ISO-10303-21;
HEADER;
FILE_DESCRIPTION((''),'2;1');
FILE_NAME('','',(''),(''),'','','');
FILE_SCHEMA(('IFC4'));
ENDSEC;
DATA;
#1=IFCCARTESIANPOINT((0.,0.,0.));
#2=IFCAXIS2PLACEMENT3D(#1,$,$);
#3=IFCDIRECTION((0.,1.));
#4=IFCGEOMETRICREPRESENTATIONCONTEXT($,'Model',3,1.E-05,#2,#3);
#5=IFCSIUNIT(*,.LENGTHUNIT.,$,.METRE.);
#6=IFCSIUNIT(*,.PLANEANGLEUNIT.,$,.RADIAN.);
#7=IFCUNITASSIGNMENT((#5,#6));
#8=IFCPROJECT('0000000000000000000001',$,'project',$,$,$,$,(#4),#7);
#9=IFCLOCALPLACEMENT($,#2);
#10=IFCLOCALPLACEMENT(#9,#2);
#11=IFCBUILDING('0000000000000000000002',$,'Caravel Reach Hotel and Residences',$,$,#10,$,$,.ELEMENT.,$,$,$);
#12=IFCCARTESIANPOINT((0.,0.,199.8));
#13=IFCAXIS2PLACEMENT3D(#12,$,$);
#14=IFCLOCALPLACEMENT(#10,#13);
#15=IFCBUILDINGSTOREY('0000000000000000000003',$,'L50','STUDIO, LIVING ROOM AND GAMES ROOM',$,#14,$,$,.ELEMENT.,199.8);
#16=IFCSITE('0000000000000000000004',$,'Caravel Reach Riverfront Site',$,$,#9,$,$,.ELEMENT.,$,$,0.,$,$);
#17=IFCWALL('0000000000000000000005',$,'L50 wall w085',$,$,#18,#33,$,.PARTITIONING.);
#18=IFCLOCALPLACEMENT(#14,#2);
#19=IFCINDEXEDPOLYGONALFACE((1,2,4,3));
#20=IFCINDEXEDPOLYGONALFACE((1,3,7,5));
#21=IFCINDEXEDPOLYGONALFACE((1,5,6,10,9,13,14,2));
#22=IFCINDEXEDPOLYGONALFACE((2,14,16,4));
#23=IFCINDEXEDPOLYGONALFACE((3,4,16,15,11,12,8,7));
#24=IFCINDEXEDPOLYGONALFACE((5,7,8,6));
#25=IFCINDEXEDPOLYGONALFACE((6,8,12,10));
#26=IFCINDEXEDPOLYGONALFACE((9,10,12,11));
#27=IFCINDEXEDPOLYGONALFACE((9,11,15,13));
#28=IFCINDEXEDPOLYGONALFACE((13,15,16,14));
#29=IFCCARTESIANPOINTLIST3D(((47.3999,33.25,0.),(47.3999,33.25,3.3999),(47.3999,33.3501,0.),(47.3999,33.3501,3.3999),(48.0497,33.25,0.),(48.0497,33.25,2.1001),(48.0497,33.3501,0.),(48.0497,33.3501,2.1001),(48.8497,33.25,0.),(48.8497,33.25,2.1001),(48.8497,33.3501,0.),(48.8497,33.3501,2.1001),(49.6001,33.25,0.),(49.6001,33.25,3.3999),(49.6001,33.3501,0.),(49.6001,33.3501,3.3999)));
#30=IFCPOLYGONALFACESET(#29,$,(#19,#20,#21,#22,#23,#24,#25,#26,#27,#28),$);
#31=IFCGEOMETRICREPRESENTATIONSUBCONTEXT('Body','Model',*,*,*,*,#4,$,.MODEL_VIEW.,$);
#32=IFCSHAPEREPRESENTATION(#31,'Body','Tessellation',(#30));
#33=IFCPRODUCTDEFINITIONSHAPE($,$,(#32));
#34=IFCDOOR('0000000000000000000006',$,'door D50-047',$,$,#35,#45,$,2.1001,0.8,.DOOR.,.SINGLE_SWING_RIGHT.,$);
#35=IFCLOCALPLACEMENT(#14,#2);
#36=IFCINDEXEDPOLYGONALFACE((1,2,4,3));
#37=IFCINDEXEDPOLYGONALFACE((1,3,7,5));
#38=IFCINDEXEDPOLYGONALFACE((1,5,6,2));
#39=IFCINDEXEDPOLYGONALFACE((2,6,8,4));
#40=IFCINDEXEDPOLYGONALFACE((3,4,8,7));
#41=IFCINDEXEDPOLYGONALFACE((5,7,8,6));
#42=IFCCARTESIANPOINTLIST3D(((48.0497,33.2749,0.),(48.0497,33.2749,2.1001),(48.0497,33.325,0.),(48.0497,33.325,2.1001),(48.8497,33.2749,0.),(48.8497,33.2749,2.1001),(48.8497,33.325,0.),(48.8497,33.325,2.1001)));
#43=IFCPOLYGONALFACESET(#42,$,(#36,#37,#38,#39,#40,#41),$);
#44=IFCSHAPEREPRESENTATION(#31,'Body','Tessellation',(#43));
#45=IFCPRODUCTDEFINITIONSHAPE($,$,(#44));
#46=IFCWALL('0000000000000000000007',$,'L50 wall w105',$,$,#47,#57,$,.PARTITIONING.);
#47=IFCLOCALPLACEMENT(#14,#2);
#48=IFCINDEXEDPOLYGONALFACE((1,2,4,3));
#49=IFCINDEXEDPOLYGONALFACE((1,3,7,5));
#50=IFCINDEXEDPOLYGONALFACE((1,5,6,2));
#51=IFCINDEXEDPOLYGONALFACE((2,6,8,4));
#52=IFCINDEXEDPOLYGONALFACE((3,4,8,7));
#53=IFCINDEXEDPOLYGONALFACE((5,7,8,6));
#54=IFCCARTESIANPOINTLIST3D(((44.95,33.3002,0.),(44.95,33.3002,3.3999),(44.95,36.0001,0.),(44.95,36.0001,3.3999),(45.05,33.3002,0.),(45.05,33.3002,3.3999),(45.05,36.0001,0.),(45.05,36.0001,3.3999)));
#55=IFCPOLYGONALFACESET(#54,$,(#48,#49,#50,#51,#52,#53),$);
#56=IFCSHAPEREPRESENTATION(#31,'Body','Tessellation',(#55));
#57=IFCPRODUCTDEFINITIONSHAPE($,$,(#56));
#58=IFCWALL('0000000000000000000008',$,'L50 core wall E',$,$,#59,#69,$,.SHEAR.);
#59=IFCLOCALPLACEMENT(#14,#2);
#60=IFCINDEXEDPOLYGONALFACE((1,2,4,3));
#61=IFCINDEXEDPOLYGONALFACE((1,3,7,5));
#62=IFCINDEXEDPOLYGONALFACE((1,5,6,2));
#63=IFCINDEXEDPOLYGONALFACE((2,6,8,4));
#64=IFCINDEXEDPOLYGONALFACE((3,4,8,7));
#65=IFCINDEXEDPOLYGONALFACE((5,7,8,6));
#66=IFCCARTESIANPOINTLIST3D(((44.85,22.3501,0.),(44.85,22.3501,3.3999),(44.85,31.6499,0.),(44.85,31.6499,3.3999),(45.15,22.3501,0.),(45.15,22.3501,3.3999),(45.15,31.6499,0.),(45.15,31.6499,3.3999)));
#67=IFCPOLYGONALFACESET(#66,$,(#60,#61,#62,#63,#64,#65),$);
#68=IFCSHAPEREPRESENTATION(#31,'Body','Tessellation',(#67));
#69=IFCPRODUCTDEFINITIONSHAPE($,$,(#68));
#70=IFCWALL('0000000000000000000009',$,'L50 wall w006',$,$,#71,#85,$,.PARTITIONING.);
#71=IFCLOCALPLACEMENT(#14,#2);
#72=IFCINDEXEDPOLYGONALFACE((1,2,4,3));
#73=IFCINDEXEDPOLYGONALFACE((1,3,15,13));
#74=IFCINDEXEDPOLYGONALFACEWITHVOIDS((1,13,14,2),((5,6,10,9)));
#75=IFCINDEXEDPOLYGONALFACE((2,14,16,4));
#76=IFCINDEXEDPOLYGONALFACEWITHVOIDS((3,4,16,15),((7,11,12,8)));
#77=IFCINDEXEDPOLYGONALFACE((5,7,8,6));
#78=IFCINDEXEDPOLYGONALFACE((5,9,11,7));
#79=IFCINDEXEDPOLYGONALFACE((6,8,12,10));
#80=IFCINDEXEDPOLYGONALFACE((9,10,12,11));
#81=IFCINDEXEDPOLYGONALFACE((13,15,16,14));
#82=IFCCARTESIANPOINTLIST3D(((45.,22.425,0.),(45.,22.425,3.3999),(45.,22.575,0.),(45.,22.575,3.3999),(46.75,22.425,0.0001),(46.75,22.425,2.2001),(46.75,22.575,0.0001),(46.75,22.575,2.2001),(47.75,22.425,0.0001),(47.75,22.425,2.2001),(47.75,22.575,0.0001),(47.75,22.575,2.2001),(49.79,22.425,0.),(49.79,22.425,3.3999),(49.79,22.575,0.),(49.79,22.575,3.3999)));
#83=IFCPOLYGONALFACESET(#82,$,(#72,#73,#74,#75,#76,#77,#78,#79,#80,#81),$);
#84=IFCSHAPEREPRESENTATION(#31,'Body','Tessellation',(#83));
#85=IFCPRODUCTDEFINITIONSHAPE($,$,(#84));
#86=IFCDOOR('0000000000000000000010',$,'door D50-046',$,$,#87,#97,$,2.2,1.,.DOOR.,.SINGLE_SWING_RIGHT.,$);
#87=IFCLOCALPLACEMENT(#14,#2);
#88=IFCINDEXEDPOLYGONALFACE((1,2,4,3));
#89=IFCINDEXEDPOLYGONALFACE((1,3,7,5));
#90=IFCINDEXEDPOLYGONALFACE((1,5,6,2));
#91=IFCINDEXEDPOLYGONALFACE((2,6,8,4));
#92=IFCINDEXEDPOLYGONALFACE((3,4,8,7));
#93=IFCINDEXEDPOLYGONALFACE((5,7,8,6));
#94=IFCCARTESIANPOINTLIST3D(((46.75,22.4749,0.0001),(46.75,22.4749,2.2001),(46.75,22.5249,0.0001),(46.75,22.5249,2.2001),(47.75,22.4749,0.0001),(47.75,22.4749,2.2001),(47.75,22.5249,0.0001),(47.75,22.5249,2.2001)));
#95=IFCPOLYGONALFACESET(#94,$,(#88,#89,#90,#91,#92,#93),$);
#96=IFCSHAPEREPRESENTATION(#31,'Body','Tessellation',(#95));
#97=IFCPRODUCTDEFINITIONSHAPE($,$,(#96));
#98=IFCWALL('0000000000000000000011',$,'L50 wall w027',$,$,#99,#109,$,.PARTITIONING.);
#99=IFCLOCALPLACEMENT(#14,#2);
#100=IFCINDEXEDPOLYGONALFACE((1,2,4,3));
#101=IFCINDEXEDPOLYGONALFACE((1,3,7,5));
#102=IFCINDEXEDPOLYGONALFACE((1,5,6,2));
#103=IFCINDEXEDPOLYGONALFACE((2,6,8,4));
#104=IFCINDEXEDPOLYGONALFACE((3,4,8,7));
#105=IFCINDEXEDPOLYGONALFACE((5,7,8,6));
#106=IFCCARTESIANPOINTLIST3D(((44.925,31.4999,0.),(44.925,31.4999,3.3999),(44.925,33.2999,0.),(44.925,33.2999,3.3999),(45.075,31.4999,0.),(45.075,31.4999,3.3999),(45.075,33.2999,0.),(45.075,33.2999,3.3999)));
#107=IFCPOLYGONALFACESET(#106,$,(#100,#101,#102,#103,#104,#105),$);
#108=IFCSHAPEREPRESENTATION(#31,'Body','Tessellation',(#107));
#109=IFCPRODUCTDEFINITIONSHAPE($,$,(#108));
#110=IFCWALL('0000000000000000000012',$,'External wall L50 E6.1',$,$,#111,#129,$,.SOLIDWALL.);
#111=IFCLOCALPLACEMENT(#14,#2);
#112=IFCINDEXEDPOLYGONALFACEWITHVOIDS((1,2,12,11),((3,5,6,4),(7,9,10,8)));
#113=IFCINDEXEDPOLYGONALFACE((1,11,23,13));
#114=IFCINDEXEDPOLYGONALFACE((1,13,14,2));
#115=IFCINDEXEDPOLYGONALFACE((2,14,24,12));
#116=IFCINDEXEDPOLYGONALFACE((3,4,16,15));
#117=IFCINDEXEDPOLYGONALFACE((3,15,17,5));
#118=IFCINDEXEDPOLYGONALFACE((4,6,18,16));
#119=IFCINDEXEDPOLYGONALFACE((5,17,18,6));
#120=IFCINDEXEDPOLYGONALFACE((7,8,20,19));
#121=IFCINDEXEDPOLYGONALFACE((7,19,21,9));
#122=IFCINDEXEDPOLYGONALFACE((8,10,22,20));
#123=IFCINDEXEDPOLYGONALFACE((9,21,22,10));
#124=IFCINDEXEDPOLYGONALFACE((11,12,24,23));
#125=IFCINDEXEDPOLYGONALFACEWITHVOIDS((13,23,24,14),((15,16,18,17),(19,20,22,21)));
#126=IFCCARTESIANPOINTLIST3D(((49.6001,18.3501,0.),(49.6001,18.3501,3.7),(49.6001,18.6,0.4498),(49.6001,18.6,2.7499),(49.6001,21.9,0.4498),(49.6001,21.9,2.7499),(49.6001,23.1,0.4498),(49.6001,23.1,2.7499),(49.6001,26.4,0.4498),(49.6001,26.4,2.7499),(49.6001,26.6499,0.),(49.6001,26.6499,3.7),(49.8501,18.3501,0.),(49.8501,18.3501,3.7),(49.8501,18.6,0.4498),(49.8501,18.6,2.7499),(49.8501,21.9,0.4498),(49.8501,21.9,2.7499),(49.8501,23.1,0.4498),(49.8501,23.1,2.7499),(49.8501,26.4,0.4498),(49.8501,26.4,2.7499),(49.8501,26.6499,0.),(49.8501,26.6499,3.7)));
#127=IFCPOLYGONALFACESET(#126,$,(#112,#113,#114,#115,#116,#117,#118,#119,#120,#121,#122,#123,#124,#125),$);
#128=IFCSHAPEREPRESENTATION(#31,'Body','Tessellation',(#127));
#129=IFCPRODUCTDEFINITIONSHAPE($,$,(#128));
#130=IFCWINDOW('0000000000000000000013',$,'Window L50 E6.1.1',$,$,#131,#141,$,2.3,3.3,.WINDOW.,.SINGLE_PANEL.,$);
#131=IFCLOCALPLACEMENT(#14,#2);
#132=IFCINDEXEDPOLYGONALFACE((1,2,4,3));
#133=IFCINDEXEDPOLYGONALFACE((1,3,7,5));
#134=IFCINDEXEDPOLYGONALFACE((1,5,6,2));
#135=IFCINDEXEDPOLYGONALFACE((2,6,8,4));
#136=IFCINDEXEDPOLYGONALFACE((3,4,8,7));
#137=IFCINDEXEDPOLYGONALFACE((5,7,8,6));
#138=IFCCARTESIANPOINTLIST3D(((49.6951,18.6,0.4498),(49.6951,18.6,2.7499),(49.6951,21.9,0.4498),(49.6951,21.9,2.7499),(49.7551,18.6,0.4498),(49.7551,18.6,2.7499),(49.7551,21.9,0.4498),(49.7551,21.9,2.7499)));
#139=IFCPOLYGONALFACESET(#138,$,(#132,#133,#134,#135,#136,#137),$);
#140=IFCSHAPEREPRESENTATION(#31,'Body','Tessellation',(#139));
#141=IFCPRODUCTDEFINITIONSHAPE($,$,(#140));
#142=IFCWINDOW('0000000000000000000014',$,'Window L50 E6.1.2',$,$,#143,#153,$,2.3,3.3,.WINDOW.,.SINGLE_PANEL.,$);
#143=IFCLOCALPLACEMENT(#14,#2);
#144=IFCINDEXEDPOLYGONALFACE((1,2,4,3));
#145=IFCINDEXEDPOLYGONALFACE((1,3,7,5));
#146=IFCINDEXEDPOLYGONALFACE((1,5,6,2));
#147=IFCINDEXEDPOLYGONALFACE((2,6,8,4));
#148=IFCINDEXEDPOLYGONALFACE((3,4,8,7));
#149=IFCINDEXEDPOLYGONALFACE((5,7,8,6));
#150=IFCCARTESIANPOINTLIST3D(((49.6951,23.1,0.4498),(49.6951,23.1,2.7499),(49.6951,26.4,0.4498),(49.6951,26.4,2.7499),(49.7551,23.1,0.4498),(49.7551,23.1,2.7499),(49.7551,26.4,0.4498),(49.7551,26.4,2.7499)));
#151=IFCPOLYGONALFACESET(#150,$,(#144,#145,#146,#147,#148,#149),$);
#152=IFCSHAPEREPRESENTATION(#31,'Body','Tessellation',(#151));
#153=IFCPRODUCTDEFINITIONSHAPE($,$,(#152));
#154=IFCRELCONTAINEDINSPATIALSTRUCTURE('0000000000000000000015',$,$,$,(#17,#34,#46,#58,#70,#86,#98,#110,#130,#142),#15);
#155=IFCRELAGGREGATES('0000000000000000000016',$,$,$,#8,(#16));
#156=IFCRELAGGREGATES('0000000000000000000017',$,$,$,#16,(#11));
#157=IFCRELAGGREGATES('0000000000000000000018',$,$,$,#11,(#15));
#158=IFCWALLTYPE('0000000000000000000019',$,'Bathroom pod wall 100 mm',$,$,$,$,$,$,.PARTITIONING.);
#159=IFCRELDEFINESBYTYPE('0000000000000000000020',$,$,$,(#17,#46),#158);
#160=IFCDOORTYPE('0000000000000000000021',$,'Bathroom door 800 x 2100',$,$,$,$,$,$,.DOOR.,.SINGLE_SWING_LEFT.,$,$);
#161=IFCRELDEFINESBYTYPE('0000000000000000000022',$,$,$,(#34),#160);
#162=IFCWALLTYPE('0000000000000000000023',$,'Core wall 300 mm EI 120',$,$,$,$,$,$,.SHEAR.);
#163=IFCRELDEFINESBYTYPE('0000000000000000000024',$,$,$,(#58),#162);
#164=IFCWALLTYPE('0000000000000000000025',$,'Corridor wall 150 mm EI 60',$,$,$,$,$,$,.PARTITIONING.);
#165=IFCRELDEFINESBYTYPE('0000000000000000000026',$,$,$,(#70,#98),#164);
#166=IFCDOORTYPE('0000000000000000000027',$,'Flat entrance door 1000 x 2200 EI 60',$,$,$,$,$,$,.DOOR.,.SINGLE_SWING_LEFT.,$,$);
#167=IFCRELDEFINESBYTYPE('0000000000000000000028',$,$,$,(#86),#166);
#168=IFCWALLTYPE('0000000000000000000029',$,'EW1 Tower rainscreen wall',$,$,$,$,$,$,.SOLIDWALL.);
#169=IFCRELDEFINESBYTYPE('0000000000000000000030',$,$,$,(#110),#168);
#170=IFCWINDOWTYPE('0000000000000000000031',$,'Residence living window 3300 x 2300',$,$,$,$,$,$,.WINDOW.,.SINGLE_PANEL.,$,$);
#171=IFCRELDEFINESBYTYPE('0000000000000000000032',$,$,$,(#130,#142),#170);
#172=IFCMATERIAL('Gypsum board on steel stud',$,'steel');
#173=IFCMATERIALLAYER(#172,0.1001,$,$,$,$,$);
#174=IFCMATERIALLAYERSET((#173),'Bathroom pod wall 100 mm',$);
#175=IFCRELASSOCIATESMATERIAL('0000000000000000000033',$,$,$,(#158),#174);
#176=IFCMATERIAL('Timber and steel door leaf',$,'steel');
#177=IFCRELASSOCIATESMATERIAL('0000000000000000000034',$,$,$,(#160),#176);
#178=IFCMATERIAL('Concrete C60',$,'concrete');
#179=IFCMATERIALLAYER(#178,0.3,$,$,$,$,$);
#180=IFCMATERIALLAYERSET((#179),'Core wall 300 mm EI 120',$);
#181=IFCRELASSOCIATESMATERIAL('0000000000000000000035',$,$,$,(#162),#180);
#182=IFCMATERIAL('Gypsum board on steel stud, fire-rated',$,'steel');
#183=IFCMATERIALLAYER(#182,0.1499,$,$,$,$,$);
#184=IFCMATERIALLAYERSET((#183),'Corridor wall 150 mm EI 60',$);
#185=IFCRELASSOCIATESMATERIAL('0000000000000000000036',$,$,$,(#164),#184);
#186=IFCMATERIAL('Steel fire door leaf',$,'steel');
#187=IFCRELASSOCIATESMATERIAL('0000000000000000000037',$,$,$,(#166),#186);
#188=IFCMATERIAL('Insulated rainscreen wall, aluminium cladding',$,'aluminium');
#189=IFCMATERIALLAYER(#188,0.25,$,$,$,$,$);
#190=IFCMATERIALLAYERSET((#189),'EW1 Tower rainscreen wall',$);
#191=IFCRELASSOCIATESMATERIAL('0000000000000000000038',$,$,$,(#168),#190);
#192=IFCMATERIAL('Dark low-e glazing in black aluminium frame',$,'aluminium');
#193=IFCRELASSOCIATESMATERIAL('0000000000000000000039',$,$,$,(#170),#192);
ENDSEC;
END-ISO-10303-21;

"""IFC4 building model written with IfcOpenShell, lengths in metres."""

from ifc_helpers import new_model, si_unit, direction, frame, frame_2d, origin, place, context, subcontext, project, spatial, rectangle, extrude, material, layer, layer_set, type_object, element, fill, save


model = new_model("IFC4")

# Units and contexts
model_context = context("Model", 3, precision=1e-05, world=origin(), true_north=direction((0.0, 1.0)))
body_context = subcontext(model_context, "Body", "Model", "MODEL_VIEW")
ifc_project = project(units=[si_unit("LENGTHUNIT", "METRE"), si_unit("PLANEANGLEUNIT", "RADIAN")], contexts=[model_context])

# Site, building, storey
site_placement = place(None, origin())
site = spatial("IfcSite", under=ifc_project, at=site_placement, Name="Caravel Reach Riverfront Site", CompositionType="ELEMENT", RefElevation=0.0)
building_placement = place(site_placement, origin())
building = spatial("IfcBuilding", under=site, at=building_placement, Name="Caravel Reach Hotel and Residences", CompositionType="ELEMENT")
storey_placement = place(building_placement, frame((0.0, 0.0, 199.8)))
storey = spatial("IfcBuildingStorey", under=building, at=storey_placement, Name="L50", Description="STUDIO, LIVING ROOM AND GAMES ROOM", CompositionType="ELEMENT", Elevation=199.8)

# Wall, opening, door
ifc_material_1 = material(Name="Gypsum board on steel stud", Category="steel")
ifc_layer_1 = layer(ifc_material_1, 0.1001)
ifc_layer_set_1 = layer_set([ifc_layer_1], Name="Bathroom pod wall 100 mm")
wall_type_1 = type_object("IfcWallType", Name="Bathroom pod wall 100 mm", PredefinedType="PARTITIONING", material=ifc_layer_set_1)
wall_1_placement = place(storey_placement, frame((47.3999, 33.3, 0.0), z_axis=(0.0, 0.0, 1.0), x_axis=(1.0, 0.0, 0.0)))
wall_1 = element("IfcWall", 1, at=wall_1_placement, inside=storey, type_object=wall_type_1, Name="L50 wall w085", PredefinedType="PARTITIONING", context=body_context, shape_type="SweptSolid", body=[
    extrude(rectangle(XDim=2.2002, YDim=0.1001, at=frame_2d((1.1001, 0.0))), origin(), (0.0, 0.0, 1.0), 3.3999),
])
opening_1_placement = place(wall_1_placement, frame((0.6499, 0.0, 0.0)))
opening_1 = element("IfcOpeningElement", 2, at=opening_1_placement, cuts=wall_1, PredefinedType="OPENING", context=body_context, shape_type="SweptSolid", body=[
    extrude(rectangle(XDim=0.8, YDim=2.1001, at=frame_2d((0.3999, 1.05))), frame((0.0, 0.0601, 0.0), z_axis=(0.0, -1.0, 0.0), x_axis=(1.0, 0.0, 0.0)), (0.0, 0.0, 1.0), 0.1201),
])
ifc_material_2 = material(Name="Timber and steel door leaf", Category="steel")
door_type_1 = type_object("IfcDoorType", Name="Bathroom door 800 x 2100", OperationType="SINGLE_SWING_LEFT", PredefinedType="DOOR", material=ifc_material_2)
door_1_placement = place(opening_1_placement, origin())
door_1 = element("IfcDoor", 3, at=door_1_placement, inside=storey, type_object=door_type_1, Name="door D50-047", OperationType="SINGLE_SWING_RIGHT", OverallHeight=2.1001, OverallWidth=0.8, PredefinedType="DOOR", context=body_context, shape_type="SweptSolid", body=[
    extrude(rectangle(XDim=0.8, YDim=2.1001, at=frame_2d((0.3999, 1.05))), frame((0.0, 0.0249, 0.0), z_axis=(0.0, -1.0, 0.0), x_axis=(1.0, 0.0, 0.0)), (0.0, 0.0, 1.0), 0.05),
])
fill(opening_1, door_1)

# Walls
wall_2_placement = place(storey_placement, frame((45.0, 33.3, 0.0), z_axis=(0.0, 0.0, 1.0), x_axis=(0.0, 1.0, 0.0)))
element("IfcWall", 4, at=wall_2_placement, inside=storey, type_object=wall_type_1, Name="L50 wall w105", PredefinedType="PARTITIONING", context=body_context, shape_type="SweptSolid", body=[
    extrude(rectangle(XDim=2.7, YDim=0.1001, at=frame_2d((1.3501, 0.0))), origin(), (0.0, 0.0, 1.0), 3.3999),
])
ifc_material_3 = material(Name="Concrete C60", Category="concrete")
ifc_layer_2 = layer(ifc_material_3, 0.3)
ifc_layer_set_2 = layer_set([ifc_layer_2], Name="Core wall 300 mm EI 120")
wall_type_2 = type_object("IfcWallType", Name="Core wall 300 mm EI 120", PredefinedType="SHEAR", material=ifc_layer_set_2)
wall_3_placement = place(storey_placement, frame((45.0, 22.3501, 0.0), z_axis=(0.0, 0.0, 1.0), x_axis=(0.0, 1.0, 0.0)))
element("IfcWall", 5, at=wall_3_placement, inside=storey, type_object=wall_type_2, Name="L50 core wall E", PredefinedType="SHEAR", context=body_context, shape_type="SweptSolid", body=[
    extrude(rectangle(XDim=9.2998, YDim=0.3, at=frame_2d((4.6499, 0.0))), origin(), (0.0, 0.0, 1.0), 3.3999),
])

# Wall, opening, door
ifc_material_4 = material(Name="Gypsum board on steel stud, fire-rated", Category="steel")
ifc_layer_3 = layer(ifc_material_4, 0.1499)
ifc_layer_set_3 = layer_set([ifc_layer_3], Name="Corridor wall 150 mm EI 60")
wall_type_3 = type_object("IfcWallType", Name="Corridor wall 150 mm EI 60", PredefinedType="PARTITIONING", material=ifc_layer_set_3)
wall_4_placement = place(storey_placement, frame((45.0, 22.5, 0.0), z_axis=(0.0, 0.0, 1.0), x_axis=(1.0, 0.0, 0.0)))
wall_4 = element("IfcWall", 6, at=wall_4_placement, inside=storey, type_object=wall_type_3, Name="L50 wall w006", PredefinedType="PARTITIONING", context=body_context, shape_type="SweptSolid", body=[
    extrude(rectangle(XDim=4.79, YDim=0.1499, at=frame_2d((2.395, 0.0))), origin(), (0.0, 0.0, 1.0), 3.3999),
])
opening_2_placement = place(wall_4_placement, frame((1.75, 0.0, 0.0)))
opening_2 = element("IfcOpeningElement", 7, at=opening_2_placement, cuts=wall_4, PredefinedType="OPENING", context=body_context, shape_type="SweptSolid", body=[
    extrude(rectangle(XDim=1.0, YDim=2.2, at=frame_2d((0.5, 1.1001))), frame((0.0, 0.085, 0.0), z_axis=(0.0, -1.0, 0.0), x_axis=(1.0, 0.0, 0.0)), (0.0, 0.0, 1.0), 0.1699),
])
ifc_material_5 = material(Name="Steel fire door leaf", Category="steel")
door_type_2 = type_object("IfcDoorType", Name="Flat entrance door 1000 x 2200 EI 60", OperationType="SINGLE_SWING_LEFT", PredefinedType="DOOR", material=ifc_material_5)
door_2_placement = place(opening_2_placement, origin())
door_2 = element("IfcDoor", 8, at=door_2_placement, inside=storey, type_object=door_type_2, Name="door D50-046", OperationType="SINGLE_SWING_RIGHT", OverallHeight=2.2, OverallWidth=1.0, PredefinedType="DOOR", context=body_context, shape_type="SweptSolid", body=[
    extrude(rectangle(XDim=1.0, YDim=2.2, at=frame_2d((0.5, 1.1001))), frame((0.0, 0.0249, 0.0), z_axis=(0.0, -1.0, 0.0), x_axis=(1.0, 0.0, 0.0)), (0.0, 0.0, 1.0), 0.05),
])
fill(opening_2, door_2)

# Wall
wall_5_placement = place(storey_placement, frame((45.0, 31.5, 0.0), z_axis=(0.0, 0.0, 1.0), x_axis=(0.0, 1.0, 0.0)))
element("IfcWall", 9, at=wall_5_placement, inside=storey, type_object=wall_type_3, Name="L50 wall w027", PredefinedType="PARTITIONING", context=body_context, shape_type="SweptSolid", body=[
    extrude(rectangle(XDim=1.8, YDim=0.1499, at=frame_2d((0.8999, 0.0))), origin(), (0.0, 0.0, 1.0), 3.3999),
])

# Wall, openings, windows
ifc_material_6 = material(Name="Insulated rainscreen wall, aluminium cladding", Category="aluminium")
ifc_layer_4 = layer(ifc_material_6, 0.25)
ifc_layer_set_4 = layer_set([ifc_layer_4], Name="EW1 Tower rainscreen wall")
wall_type_4 = type_object("IfcWallType", Name="EW1 Tower rainscreen wall", PredefinedType="SOLIDWALL", material=ifc_layer_set_4)
wall_6_placement = place(storey_placement, frame((49.7251, 18.3501, 0.0), z_axis=(0.0, 0.0, 1.0), x_axis=(0.0, 1.0, 0.0)))
wall_6 = element("IfcWall", 10, at=wall_6_placement, inside=storey, type_object=wall_type_4, Name="External wall L50 E6.1", PredefinedType="SOLIDWALL", context=body_context, shape_type="SweptSolid", body=[
    extrude(rectangle(XDim=8.2998, YDim=0.25, at=frame_2d((4.1499, 0.0))), origin(), (0.0, 0.0, 1.0), 3.7),
])
opening_3_placement = place(wall_6_placement, frame((0.25, 0.0, 0.45)))
opening_3 = element("IfcOpeningElement", 11, at=opening_3_placement, cuts=wall_6, PredefinedType="OPENING", context=body_context, shape_type="SweptSolid", body=[
    extrude(rectangle(XDim=3.3, YDim=2.3, at=frame_2d((1.6499, 1.1499))), frame((0.0, 0.135, 0.0), z_axis=(0.0, -1.0, 0.0), x_axis=(1.0, 0.0, 0.0)), (0.0, 0.0, 1.0), 0.27),
])
opening_4_placement = place(wall_6_placement, frame((4.75, 0.0, 0.45)))
opening_4 = element("IfcOpeningElement", 12, at=opening_4_placement, cuts=wall_6, PredefinedType="OPENING", context=body_context, shape_type="SweptSolid", body=[
    extrude(rectangle(XDim=3.3, YDim=2.3, at=frame_2d((1.6499, 1.1499))), frame((0.0, 0.135, 0.0), z_axis=(0.0, -1.0, 0.0), x_axis=(1.0, 0.0, 0.0)), (0.0, 0.0, 1.0), 0.27),
])
ifc_material_7 = material(Name="Dark low-e glazing in black aluminium frame", Category="aluminium")
window_type = type_object("IfcWindowType", Name="Residence living window 3300 x 2300", PartitioningType="SINGLE_PANEL", PredefinedType="WINDOW", material=ifc_material_7)
window_1_placement = place(opening_3_placement, origin())
window_1 = element("IfcWindow", 13, at=window_1_placement, inside=storey, type_object=window_type, Name="Window L50 E6.1.1", OverallHeight=2.3, OverallWidth=3.3, PartitioningType="SINGLE_PANEL", PredefinedType="WINDOW", context=body_context, shape_type="SweptSolid", body=[
    extrude(rectangle(XDim=3.3, YDim=2.3, at=frame_2d((1.6499, 1.1499))), frame((0.0, 0.03, 0.0), z_axis=(0.0, -1.0, 0.0), x_axis=(1.0, 0.0, 0.0)), (0.0, 0.0, 1.0), 0.0601),
])
fill(opening_3, window_1)
window_2_placement = place(opening_4_placement, origin())
window_2 = element("IfcWindow", 14, at=window_2_placement, inside=storey, type_object=window_type, Name="Window L50 E6.1.2", OverallHeight=2.3, OverallWidth=3.3, PartitioningType="SINGLE_PANEL", PredefinedType="WINDOW", context=body_context, shape_type="SweptSolid", body=[
    extrude(rectangle(XDim=3.3, YDim=2.3, at=frame_2d((1.6499, 1.1499))), frame((0.0, 0.03, 0.0), z_axis=(0.0, -1.0, 0.0), x_axis=(1.0, 0.0, 0.0)), (0.0, 0.0, 1.0), 0.0601),
])
fill(opening_4, window_2)

save(model, "model.ifc")
